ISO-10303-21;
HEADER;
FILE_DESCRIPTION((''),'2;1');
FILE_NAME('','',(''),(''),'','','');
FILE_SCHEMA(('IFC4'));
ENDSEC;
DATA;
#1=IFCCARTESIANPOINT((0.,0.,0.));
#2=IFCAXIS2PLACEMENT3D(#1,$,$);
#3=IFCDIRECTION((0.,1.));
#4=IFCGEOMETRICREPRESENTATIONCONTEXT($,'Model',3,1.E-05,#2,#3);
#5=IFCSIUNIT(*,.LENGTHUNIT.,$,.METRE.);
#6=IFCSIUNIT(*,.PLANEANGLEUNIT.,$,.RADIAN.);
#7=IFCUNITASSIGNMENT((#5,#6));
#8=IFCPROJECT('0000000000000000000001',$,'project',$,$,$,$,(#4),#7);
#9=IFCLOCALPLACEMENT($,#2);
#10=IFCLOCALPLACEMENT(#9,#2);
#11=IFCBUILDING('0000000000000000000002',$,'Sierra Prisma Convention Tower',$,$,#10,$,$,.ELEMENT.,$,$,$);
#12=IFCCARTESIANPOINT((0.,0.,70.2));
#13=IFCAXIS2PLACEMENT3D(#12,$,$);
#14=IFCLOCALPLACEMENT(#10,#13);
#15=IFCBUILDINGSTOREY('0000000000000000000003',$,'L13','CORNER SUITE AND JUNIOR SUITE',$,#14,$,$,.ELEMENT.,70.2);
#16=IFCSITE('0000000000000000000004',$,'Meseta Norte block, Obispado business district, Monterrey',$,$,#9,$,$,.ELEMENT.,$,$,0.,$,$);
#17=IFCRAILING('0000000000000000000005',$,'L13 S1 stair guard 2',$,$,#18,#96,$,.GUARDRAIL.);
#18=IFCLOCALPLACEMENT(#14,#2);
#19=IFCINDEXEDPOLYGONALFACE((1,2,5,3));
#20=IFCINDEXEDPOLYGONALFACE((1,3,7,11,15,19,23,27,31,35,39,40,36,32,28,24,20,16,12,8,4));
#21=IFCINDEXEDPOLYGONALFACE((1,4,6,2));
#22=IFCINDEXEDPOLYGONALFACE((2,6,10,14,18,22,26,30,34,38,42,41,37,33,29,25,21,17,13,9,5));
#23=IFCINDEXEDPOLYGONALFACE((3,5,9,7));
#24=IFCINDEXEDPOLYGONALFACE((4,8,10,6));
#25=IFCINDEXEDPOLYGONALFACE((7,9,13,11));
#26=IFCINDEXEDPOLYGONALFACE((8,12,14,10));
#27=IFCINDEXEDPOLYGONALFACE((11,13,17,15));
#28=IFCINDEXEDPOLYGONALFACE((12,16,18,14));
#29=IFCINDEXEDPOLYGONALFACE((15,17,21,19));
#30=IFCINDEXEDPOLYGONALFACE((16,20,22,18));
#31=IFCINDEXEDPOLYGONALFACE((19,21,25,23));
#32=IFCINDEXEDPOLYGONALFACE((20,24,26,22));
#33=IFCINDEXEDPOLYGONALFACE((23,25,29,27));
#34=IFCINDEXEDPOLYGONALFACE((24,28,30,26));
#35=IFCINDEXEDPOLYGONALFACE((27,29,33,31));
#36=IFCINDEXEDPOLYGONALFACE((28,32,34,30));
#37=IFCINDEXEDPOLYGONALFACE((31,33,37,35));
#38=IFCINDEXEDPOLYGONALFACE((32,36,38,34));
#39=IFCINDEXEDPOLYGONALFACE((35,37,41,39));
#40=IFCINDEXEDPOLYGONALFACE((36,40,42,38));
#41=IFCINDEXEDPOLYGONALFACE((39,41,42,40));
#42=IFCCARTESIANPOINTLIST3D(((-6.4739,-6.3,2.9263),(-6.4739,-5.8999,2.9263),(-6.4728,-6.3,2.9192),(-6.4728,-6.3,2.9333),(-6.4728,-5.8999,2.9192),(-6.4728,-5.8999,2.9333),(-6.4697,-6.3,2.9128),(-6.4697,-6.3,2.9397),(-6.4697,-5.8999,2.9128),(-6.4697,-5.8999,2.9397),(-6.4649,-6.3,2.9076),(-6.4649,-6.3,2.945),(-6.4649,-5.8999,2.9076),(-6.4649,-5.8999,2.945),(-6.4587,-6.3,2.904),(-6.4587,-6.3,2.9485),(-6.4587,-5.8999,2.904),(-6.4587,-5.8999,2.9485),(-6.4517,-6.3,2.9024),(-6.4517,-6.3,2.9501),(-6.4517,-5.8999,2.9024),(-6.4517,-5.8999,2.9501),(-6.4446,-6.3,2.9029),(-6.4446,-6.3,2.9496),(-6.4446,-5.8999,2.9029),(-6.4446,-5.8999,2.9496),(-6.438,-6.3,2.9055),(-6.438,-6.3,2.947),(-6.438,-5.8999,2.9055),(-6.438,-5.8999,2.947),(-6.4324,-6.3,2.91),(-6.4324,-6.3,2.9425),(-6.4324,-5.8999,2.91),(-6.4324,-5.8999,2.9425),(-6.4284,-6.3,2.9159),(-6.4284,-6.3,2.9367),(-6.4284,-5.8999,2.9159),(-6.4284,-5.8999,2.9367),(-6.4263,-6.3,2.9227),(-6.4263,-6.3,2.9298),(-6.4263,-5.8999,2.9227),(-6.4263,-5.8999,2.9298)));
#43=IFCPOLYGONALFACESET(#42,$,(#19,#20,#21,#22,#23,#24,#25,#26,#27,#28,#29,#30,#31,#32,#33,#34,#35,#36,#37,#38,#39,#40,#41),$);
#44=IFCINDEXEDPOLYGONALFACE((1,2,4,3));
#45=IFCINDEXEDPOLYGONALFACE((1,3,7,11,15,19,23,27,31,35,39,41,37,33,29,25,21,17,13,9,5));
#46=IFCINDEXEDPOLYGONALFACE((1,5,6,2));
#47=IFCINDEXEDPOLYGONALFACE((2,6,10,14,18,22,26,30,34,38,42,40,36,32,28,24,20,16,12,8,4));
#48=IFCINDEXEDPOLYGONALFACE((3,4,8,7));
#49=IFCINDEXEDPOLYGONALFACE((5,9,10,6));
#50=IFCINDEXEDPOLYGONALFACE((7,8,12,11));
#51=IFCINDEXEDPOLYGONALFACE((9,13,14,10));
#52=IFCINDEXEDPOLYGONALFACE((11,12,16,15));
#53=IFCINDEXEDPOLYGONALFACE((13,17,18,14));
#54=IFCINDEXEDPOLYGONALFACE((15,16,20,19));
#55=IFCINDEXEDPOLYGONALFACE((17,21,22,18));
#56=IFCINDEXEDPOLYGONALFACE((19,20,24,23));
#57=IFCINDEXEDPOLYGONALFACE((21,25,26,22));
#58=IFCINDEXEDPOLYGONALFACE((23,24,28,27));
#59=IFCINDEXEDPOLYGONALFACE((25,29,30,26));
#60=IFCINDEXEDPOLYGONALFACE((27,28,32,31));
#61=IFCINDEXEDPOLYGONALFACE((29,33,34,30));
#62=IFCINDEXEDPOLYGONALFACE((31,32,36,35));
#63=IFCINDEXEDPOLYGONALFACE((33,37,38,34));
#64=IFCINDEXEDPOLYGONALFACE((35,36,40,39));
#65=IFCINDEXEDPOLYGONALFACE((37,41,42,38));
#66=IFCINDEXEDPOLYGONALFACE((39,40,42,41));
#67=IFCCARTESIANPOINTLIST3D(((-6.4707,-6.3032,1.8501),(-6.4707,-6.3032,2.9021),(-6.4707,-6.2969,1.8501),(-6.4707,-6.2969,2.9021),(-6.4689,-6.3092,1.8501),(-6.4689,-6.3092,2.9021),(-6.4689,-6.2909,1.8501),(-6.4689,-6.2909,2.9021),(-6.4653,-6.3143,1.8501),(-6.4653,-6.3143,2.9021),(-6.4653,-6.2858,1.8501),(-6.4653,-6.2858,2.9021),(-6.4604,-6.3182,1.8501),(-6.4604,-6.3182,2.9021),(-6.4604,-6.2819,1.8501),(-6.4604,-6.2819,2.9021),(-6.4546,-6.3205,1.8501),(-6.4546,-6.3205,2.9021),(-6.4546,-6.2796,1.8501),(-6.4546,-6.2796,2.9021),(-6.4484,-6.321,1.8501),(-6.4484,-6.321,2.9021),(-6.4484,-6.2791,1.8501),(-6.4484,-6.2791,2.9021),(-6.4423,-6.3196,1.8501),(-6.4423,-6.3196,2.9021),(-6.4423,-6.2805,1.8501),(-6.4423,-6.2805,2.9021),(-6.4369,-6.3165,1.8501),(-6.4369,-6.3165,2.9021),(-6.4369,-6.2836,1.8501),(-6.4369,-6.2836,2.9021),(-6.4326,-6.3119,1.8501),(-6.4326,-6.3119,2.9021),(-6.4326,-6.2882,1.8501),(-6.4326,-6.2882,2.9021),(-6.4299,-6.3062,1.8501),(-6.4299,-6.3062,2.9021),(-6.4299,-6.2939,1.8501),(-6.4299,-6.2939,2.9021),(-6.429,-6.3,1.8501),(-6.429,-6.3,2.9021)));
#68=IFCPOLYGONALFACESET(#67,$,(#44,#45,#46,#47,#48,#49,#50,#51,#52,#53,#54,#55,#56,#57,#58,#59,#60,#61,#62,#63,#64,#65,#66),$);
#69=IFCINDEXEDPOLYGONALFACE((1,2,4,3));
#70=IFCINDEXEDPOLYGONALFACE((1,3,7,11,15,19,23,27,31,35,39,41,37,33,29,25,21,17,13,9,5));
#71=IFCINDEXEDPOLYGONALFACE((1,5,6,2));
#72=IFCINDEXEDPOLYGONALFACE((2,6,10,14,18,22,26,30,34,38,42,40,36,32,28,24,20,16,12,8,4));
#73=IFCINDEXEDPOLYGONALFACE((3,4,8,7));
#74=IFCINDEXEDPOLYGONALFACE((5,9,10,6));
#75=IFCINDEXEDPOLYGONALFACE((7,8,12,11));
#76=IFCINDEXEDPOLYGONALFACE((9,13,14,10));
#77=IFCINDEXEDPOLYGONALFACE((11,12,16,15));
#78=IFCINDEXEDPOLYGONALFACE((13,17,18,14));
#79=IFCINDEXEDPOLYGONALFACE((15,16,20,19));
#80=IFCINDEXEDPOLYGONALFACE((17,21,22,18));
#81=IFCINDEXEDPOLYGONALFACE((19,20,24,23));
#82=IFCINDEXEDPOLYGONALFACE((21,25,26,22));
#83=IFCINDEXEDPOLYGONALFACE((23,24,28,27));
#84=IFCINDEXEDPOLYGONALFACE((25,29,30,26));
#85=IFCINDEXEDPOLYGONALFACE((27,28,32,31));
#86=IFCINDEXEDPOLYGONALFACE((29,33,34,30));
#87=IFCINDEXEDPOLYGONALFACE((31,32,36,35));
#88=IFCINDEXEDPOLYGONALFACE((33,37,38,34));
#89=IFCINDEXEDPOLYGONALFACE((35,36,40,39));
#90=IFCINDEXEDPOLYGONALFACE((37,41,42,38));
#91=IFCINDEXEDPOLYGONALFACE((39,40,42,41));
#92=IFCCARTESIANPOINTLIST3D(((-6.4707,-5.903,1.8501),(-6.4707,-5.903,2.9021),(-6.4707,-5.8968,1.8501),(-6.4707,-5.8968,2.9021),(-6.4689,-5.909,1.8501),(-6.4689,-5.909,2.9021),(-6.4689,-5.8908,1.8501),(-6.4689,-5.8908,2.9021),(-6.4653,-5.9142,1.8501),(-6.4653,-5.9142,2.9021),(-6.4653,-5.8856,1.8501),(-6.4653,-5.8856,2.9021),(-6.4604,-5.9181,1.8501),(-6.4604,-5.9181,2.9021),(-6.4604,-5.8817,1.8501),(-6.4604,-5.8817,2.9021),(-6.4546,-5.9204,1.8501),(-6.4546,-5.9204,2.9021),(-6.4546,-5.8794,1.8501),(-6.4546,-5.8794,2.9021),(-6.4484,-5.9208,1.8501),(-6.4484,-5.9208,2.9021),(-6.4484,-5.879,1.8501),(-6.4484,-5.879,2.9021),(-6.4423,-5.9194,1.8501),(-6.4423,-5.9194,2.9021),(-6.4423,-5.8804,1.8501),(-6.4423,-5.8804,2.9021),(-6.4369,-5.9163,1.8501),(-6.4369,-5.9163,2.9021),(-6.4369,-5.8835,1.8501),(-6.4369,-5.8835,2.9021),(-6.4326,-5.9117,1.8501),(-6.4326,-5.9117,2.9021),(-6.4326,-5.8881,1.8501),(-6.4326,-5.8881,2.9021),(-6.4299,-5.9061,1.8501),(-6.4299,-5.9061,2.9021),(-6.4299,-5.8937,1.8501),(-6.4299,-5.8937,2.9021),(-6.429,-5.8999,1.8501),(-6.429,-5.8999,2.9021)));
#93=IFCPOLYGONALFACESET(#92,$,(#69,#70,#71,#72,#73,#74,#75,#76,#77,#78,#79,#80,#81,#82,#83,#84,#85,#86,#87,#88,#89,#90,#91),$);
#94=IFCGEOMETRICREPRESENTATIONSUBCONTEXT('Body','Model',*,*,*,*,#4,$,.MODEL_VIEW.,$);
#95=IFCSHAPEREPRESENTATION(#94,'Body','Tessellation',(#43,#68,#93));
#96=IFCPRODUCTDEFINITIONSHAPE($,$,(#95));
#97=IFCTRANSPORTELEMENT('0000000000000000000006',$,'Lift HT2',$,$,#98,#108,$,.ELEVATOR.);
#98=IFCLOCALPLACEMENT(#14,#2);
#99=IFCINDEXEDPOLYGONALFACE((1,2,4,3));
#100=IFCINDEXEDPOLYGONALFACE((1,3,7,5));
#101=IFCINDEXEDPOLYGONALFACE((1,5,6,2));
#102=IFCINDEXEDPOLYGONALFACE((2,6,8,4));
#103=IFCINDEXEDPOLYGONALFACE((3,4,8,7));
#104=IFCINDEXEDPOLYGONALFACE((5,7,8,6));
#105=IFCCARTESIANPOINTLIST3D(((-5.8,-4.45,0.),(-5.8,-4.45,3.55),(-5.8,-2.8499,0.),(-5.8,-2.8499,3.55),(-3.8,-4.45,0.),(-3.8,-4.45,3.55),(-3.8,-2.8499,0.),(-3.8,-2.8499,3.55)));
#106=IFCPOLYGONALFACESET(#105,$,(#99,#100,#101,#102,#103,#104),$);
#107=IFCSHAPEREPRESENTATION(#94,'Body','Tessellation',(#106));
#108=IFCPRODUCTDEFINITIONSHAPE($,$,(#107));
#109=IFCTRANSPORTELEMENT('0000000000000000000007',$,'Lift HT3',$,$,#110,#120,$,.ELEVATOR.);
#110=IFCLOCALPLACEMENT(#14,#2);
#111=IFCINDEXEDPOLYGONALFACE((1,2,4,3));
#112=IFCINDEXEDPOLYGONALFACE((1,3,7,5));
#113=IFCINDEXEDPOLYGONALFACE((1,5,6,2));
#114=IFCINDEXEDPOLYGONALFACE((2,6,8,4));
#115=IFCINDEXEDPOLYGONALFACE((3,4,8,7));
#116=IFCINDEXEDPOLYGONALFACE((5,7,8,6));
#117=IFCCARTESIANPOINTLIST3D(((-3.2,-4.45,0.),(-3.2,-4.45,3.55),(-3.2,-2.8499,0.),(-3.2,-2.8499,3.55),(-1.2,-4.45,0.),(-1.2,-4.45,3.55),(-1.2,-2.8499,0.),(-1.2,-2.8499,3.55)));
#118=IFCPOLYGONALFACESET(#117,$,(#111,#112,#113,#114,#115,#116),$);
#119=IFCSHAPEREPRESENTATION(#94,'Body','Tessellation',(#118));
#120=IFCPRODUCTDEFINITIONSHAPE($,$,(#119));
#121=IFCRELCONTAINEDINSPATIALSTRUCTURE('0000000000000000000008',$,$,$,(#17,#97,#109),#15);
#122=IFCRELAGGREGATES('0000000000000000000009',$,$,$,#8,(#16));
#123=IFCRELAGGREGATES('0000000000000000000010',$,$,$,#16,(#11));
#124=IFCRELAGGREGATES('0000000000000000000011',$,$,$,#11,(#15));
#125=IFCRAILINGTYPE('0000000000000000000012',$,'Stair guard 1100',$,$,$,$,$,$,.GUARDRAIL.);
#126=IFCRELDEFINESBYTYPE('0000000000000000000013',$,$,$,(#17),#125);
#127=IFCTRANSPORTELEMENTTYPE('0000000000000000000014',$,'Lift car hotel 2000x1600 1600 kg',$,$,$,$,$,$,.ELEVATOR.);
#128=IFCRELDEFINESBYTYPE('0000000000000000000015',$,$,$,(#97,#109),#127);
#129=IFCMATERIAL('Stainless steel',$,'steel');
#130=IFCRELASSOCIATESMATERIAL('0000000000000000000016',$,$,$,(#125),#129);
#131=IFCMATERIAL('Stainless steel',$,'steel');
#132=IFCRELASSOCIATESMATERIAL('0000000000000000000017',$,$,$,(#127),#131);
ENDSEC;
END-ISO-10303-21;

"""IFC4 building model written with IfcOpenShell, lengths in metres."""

from ifc_helpers import new_model, si_unit, direction, frame, origin, origin_2d, place, context, subcontext, project, spatial, rectangle, circle, extrude, material, type_object, element, save


model = new_model("IFC4")

# Units and contexts
model_context = context("Model", 3, precision=1e-05, world=origin(), true_north=direction((0.0, 1.0)))
body_context = subcontext(model_context, "Body", "Model", "MODEL_VIEW")
ifc_project = project(units=[si_unit("LENGTHUNIT", "METRE"), si_unit("PLANEANGLEUNIT", "RADIAN")], contexts=[model_context])

# Site, building, storey
site_placement = place(None, origin())
site = spatial("IfcSite", under=ifc_project, at=site_placement, Name="Meseta Norte block, Obispado business district, Monterrey", CompositionType="ELEMENT", RefElevation=0.0)
building_placement = place(site_placement, origin())
building = spatial("IfcBuilding", under=site, at=building_placement, Name="Sierra Prisma Convention Tower", CompositionType="ELEMENT")
storey_placement = place(building_placement, frame((0.0, 0.0, 70.2)))
storey = spatial("IfcBuildingStorey", under=building, at=storey_placement, Name="L13", Description="CORNER SUITE AND JUNIOR SUITE", CompositionType="ELEMENT", Elevation=70.2)

# Railing
ifc_material_1 = material(Name="Stainless steel", Category="steel")
railing_type_1 = type_object("IfcRailingType", Name="Stair guard 1100", PredefinedType="GUARDRAIL", material=ifc_material_1)
railing_1_placement = place(storey_placement, frame((-6.45, -6.3, 1.8501)))
element("IfcRailing", 1, at=railing_1_placement, inside=storey, type_object=railing_type_1, Name="L13 S1 stair guard 2", PredefinedType="GUARDRAIL", context=body_context, shape_type="SweptSolid", body=[
    extrude(circle(Radius=0.0239, at=origin_2d()), frame((0.0, 0.0, 1.0762), z_axis=(0.0, 1.0, 0.0), x_axis=(-1.0, 0.0, 0.0)), (0.0, 0.0, 1.0), 0.4001),
    extrude(circle(Radius=0.021, at=origin_2d()), origin(), (0.0, 0.0, 1.0), 1.052),
    extrude(circle(Radius=0.021, at=origin_2d()), frame((0.0, 0.4001, 0.0)), (0.0, 0.0, 1.0), 1.052),
])

# Transport elements
ifc_material_2 = material(Name="Stainless steel", Category="steel")
transport_element_type = type_object("IfcTransportElementType", Name="Lift car hotel 2000x1600 1600 kg", PredefinedType="ELEVATOR", material=ifc_material_2)
for number, where, z_axis, x_axis, name in (
    (2, (-4.8, -3.6499, 0.0), (0.0, 0.0, 1.0), (1.0, 0.0, 0.0), "Lift HT2"),
    (3, (-2.2, -3.6499, 0.0), (0.0, 0.0, 1.0), (1.0, 0.0, 0.0), "Lift HT3"),
):
    element("IfcTransportElement", number, at=place(storey_placement, frame(where, z_axis=z_axis, x_axis=x_axis)), inside=storey, type_object=transport_element_type, Name=name, PredefinedType="ELEVATOR", context=body_context, shape_type="SweptSolid", body=[
        extrude(rectangle(XDim=2.0, YDim=1.6001, at=origin_2d()), origin(), (0.0, 0.0, 1.0), 3.55),
    ])

save(model, "model.ifc")
